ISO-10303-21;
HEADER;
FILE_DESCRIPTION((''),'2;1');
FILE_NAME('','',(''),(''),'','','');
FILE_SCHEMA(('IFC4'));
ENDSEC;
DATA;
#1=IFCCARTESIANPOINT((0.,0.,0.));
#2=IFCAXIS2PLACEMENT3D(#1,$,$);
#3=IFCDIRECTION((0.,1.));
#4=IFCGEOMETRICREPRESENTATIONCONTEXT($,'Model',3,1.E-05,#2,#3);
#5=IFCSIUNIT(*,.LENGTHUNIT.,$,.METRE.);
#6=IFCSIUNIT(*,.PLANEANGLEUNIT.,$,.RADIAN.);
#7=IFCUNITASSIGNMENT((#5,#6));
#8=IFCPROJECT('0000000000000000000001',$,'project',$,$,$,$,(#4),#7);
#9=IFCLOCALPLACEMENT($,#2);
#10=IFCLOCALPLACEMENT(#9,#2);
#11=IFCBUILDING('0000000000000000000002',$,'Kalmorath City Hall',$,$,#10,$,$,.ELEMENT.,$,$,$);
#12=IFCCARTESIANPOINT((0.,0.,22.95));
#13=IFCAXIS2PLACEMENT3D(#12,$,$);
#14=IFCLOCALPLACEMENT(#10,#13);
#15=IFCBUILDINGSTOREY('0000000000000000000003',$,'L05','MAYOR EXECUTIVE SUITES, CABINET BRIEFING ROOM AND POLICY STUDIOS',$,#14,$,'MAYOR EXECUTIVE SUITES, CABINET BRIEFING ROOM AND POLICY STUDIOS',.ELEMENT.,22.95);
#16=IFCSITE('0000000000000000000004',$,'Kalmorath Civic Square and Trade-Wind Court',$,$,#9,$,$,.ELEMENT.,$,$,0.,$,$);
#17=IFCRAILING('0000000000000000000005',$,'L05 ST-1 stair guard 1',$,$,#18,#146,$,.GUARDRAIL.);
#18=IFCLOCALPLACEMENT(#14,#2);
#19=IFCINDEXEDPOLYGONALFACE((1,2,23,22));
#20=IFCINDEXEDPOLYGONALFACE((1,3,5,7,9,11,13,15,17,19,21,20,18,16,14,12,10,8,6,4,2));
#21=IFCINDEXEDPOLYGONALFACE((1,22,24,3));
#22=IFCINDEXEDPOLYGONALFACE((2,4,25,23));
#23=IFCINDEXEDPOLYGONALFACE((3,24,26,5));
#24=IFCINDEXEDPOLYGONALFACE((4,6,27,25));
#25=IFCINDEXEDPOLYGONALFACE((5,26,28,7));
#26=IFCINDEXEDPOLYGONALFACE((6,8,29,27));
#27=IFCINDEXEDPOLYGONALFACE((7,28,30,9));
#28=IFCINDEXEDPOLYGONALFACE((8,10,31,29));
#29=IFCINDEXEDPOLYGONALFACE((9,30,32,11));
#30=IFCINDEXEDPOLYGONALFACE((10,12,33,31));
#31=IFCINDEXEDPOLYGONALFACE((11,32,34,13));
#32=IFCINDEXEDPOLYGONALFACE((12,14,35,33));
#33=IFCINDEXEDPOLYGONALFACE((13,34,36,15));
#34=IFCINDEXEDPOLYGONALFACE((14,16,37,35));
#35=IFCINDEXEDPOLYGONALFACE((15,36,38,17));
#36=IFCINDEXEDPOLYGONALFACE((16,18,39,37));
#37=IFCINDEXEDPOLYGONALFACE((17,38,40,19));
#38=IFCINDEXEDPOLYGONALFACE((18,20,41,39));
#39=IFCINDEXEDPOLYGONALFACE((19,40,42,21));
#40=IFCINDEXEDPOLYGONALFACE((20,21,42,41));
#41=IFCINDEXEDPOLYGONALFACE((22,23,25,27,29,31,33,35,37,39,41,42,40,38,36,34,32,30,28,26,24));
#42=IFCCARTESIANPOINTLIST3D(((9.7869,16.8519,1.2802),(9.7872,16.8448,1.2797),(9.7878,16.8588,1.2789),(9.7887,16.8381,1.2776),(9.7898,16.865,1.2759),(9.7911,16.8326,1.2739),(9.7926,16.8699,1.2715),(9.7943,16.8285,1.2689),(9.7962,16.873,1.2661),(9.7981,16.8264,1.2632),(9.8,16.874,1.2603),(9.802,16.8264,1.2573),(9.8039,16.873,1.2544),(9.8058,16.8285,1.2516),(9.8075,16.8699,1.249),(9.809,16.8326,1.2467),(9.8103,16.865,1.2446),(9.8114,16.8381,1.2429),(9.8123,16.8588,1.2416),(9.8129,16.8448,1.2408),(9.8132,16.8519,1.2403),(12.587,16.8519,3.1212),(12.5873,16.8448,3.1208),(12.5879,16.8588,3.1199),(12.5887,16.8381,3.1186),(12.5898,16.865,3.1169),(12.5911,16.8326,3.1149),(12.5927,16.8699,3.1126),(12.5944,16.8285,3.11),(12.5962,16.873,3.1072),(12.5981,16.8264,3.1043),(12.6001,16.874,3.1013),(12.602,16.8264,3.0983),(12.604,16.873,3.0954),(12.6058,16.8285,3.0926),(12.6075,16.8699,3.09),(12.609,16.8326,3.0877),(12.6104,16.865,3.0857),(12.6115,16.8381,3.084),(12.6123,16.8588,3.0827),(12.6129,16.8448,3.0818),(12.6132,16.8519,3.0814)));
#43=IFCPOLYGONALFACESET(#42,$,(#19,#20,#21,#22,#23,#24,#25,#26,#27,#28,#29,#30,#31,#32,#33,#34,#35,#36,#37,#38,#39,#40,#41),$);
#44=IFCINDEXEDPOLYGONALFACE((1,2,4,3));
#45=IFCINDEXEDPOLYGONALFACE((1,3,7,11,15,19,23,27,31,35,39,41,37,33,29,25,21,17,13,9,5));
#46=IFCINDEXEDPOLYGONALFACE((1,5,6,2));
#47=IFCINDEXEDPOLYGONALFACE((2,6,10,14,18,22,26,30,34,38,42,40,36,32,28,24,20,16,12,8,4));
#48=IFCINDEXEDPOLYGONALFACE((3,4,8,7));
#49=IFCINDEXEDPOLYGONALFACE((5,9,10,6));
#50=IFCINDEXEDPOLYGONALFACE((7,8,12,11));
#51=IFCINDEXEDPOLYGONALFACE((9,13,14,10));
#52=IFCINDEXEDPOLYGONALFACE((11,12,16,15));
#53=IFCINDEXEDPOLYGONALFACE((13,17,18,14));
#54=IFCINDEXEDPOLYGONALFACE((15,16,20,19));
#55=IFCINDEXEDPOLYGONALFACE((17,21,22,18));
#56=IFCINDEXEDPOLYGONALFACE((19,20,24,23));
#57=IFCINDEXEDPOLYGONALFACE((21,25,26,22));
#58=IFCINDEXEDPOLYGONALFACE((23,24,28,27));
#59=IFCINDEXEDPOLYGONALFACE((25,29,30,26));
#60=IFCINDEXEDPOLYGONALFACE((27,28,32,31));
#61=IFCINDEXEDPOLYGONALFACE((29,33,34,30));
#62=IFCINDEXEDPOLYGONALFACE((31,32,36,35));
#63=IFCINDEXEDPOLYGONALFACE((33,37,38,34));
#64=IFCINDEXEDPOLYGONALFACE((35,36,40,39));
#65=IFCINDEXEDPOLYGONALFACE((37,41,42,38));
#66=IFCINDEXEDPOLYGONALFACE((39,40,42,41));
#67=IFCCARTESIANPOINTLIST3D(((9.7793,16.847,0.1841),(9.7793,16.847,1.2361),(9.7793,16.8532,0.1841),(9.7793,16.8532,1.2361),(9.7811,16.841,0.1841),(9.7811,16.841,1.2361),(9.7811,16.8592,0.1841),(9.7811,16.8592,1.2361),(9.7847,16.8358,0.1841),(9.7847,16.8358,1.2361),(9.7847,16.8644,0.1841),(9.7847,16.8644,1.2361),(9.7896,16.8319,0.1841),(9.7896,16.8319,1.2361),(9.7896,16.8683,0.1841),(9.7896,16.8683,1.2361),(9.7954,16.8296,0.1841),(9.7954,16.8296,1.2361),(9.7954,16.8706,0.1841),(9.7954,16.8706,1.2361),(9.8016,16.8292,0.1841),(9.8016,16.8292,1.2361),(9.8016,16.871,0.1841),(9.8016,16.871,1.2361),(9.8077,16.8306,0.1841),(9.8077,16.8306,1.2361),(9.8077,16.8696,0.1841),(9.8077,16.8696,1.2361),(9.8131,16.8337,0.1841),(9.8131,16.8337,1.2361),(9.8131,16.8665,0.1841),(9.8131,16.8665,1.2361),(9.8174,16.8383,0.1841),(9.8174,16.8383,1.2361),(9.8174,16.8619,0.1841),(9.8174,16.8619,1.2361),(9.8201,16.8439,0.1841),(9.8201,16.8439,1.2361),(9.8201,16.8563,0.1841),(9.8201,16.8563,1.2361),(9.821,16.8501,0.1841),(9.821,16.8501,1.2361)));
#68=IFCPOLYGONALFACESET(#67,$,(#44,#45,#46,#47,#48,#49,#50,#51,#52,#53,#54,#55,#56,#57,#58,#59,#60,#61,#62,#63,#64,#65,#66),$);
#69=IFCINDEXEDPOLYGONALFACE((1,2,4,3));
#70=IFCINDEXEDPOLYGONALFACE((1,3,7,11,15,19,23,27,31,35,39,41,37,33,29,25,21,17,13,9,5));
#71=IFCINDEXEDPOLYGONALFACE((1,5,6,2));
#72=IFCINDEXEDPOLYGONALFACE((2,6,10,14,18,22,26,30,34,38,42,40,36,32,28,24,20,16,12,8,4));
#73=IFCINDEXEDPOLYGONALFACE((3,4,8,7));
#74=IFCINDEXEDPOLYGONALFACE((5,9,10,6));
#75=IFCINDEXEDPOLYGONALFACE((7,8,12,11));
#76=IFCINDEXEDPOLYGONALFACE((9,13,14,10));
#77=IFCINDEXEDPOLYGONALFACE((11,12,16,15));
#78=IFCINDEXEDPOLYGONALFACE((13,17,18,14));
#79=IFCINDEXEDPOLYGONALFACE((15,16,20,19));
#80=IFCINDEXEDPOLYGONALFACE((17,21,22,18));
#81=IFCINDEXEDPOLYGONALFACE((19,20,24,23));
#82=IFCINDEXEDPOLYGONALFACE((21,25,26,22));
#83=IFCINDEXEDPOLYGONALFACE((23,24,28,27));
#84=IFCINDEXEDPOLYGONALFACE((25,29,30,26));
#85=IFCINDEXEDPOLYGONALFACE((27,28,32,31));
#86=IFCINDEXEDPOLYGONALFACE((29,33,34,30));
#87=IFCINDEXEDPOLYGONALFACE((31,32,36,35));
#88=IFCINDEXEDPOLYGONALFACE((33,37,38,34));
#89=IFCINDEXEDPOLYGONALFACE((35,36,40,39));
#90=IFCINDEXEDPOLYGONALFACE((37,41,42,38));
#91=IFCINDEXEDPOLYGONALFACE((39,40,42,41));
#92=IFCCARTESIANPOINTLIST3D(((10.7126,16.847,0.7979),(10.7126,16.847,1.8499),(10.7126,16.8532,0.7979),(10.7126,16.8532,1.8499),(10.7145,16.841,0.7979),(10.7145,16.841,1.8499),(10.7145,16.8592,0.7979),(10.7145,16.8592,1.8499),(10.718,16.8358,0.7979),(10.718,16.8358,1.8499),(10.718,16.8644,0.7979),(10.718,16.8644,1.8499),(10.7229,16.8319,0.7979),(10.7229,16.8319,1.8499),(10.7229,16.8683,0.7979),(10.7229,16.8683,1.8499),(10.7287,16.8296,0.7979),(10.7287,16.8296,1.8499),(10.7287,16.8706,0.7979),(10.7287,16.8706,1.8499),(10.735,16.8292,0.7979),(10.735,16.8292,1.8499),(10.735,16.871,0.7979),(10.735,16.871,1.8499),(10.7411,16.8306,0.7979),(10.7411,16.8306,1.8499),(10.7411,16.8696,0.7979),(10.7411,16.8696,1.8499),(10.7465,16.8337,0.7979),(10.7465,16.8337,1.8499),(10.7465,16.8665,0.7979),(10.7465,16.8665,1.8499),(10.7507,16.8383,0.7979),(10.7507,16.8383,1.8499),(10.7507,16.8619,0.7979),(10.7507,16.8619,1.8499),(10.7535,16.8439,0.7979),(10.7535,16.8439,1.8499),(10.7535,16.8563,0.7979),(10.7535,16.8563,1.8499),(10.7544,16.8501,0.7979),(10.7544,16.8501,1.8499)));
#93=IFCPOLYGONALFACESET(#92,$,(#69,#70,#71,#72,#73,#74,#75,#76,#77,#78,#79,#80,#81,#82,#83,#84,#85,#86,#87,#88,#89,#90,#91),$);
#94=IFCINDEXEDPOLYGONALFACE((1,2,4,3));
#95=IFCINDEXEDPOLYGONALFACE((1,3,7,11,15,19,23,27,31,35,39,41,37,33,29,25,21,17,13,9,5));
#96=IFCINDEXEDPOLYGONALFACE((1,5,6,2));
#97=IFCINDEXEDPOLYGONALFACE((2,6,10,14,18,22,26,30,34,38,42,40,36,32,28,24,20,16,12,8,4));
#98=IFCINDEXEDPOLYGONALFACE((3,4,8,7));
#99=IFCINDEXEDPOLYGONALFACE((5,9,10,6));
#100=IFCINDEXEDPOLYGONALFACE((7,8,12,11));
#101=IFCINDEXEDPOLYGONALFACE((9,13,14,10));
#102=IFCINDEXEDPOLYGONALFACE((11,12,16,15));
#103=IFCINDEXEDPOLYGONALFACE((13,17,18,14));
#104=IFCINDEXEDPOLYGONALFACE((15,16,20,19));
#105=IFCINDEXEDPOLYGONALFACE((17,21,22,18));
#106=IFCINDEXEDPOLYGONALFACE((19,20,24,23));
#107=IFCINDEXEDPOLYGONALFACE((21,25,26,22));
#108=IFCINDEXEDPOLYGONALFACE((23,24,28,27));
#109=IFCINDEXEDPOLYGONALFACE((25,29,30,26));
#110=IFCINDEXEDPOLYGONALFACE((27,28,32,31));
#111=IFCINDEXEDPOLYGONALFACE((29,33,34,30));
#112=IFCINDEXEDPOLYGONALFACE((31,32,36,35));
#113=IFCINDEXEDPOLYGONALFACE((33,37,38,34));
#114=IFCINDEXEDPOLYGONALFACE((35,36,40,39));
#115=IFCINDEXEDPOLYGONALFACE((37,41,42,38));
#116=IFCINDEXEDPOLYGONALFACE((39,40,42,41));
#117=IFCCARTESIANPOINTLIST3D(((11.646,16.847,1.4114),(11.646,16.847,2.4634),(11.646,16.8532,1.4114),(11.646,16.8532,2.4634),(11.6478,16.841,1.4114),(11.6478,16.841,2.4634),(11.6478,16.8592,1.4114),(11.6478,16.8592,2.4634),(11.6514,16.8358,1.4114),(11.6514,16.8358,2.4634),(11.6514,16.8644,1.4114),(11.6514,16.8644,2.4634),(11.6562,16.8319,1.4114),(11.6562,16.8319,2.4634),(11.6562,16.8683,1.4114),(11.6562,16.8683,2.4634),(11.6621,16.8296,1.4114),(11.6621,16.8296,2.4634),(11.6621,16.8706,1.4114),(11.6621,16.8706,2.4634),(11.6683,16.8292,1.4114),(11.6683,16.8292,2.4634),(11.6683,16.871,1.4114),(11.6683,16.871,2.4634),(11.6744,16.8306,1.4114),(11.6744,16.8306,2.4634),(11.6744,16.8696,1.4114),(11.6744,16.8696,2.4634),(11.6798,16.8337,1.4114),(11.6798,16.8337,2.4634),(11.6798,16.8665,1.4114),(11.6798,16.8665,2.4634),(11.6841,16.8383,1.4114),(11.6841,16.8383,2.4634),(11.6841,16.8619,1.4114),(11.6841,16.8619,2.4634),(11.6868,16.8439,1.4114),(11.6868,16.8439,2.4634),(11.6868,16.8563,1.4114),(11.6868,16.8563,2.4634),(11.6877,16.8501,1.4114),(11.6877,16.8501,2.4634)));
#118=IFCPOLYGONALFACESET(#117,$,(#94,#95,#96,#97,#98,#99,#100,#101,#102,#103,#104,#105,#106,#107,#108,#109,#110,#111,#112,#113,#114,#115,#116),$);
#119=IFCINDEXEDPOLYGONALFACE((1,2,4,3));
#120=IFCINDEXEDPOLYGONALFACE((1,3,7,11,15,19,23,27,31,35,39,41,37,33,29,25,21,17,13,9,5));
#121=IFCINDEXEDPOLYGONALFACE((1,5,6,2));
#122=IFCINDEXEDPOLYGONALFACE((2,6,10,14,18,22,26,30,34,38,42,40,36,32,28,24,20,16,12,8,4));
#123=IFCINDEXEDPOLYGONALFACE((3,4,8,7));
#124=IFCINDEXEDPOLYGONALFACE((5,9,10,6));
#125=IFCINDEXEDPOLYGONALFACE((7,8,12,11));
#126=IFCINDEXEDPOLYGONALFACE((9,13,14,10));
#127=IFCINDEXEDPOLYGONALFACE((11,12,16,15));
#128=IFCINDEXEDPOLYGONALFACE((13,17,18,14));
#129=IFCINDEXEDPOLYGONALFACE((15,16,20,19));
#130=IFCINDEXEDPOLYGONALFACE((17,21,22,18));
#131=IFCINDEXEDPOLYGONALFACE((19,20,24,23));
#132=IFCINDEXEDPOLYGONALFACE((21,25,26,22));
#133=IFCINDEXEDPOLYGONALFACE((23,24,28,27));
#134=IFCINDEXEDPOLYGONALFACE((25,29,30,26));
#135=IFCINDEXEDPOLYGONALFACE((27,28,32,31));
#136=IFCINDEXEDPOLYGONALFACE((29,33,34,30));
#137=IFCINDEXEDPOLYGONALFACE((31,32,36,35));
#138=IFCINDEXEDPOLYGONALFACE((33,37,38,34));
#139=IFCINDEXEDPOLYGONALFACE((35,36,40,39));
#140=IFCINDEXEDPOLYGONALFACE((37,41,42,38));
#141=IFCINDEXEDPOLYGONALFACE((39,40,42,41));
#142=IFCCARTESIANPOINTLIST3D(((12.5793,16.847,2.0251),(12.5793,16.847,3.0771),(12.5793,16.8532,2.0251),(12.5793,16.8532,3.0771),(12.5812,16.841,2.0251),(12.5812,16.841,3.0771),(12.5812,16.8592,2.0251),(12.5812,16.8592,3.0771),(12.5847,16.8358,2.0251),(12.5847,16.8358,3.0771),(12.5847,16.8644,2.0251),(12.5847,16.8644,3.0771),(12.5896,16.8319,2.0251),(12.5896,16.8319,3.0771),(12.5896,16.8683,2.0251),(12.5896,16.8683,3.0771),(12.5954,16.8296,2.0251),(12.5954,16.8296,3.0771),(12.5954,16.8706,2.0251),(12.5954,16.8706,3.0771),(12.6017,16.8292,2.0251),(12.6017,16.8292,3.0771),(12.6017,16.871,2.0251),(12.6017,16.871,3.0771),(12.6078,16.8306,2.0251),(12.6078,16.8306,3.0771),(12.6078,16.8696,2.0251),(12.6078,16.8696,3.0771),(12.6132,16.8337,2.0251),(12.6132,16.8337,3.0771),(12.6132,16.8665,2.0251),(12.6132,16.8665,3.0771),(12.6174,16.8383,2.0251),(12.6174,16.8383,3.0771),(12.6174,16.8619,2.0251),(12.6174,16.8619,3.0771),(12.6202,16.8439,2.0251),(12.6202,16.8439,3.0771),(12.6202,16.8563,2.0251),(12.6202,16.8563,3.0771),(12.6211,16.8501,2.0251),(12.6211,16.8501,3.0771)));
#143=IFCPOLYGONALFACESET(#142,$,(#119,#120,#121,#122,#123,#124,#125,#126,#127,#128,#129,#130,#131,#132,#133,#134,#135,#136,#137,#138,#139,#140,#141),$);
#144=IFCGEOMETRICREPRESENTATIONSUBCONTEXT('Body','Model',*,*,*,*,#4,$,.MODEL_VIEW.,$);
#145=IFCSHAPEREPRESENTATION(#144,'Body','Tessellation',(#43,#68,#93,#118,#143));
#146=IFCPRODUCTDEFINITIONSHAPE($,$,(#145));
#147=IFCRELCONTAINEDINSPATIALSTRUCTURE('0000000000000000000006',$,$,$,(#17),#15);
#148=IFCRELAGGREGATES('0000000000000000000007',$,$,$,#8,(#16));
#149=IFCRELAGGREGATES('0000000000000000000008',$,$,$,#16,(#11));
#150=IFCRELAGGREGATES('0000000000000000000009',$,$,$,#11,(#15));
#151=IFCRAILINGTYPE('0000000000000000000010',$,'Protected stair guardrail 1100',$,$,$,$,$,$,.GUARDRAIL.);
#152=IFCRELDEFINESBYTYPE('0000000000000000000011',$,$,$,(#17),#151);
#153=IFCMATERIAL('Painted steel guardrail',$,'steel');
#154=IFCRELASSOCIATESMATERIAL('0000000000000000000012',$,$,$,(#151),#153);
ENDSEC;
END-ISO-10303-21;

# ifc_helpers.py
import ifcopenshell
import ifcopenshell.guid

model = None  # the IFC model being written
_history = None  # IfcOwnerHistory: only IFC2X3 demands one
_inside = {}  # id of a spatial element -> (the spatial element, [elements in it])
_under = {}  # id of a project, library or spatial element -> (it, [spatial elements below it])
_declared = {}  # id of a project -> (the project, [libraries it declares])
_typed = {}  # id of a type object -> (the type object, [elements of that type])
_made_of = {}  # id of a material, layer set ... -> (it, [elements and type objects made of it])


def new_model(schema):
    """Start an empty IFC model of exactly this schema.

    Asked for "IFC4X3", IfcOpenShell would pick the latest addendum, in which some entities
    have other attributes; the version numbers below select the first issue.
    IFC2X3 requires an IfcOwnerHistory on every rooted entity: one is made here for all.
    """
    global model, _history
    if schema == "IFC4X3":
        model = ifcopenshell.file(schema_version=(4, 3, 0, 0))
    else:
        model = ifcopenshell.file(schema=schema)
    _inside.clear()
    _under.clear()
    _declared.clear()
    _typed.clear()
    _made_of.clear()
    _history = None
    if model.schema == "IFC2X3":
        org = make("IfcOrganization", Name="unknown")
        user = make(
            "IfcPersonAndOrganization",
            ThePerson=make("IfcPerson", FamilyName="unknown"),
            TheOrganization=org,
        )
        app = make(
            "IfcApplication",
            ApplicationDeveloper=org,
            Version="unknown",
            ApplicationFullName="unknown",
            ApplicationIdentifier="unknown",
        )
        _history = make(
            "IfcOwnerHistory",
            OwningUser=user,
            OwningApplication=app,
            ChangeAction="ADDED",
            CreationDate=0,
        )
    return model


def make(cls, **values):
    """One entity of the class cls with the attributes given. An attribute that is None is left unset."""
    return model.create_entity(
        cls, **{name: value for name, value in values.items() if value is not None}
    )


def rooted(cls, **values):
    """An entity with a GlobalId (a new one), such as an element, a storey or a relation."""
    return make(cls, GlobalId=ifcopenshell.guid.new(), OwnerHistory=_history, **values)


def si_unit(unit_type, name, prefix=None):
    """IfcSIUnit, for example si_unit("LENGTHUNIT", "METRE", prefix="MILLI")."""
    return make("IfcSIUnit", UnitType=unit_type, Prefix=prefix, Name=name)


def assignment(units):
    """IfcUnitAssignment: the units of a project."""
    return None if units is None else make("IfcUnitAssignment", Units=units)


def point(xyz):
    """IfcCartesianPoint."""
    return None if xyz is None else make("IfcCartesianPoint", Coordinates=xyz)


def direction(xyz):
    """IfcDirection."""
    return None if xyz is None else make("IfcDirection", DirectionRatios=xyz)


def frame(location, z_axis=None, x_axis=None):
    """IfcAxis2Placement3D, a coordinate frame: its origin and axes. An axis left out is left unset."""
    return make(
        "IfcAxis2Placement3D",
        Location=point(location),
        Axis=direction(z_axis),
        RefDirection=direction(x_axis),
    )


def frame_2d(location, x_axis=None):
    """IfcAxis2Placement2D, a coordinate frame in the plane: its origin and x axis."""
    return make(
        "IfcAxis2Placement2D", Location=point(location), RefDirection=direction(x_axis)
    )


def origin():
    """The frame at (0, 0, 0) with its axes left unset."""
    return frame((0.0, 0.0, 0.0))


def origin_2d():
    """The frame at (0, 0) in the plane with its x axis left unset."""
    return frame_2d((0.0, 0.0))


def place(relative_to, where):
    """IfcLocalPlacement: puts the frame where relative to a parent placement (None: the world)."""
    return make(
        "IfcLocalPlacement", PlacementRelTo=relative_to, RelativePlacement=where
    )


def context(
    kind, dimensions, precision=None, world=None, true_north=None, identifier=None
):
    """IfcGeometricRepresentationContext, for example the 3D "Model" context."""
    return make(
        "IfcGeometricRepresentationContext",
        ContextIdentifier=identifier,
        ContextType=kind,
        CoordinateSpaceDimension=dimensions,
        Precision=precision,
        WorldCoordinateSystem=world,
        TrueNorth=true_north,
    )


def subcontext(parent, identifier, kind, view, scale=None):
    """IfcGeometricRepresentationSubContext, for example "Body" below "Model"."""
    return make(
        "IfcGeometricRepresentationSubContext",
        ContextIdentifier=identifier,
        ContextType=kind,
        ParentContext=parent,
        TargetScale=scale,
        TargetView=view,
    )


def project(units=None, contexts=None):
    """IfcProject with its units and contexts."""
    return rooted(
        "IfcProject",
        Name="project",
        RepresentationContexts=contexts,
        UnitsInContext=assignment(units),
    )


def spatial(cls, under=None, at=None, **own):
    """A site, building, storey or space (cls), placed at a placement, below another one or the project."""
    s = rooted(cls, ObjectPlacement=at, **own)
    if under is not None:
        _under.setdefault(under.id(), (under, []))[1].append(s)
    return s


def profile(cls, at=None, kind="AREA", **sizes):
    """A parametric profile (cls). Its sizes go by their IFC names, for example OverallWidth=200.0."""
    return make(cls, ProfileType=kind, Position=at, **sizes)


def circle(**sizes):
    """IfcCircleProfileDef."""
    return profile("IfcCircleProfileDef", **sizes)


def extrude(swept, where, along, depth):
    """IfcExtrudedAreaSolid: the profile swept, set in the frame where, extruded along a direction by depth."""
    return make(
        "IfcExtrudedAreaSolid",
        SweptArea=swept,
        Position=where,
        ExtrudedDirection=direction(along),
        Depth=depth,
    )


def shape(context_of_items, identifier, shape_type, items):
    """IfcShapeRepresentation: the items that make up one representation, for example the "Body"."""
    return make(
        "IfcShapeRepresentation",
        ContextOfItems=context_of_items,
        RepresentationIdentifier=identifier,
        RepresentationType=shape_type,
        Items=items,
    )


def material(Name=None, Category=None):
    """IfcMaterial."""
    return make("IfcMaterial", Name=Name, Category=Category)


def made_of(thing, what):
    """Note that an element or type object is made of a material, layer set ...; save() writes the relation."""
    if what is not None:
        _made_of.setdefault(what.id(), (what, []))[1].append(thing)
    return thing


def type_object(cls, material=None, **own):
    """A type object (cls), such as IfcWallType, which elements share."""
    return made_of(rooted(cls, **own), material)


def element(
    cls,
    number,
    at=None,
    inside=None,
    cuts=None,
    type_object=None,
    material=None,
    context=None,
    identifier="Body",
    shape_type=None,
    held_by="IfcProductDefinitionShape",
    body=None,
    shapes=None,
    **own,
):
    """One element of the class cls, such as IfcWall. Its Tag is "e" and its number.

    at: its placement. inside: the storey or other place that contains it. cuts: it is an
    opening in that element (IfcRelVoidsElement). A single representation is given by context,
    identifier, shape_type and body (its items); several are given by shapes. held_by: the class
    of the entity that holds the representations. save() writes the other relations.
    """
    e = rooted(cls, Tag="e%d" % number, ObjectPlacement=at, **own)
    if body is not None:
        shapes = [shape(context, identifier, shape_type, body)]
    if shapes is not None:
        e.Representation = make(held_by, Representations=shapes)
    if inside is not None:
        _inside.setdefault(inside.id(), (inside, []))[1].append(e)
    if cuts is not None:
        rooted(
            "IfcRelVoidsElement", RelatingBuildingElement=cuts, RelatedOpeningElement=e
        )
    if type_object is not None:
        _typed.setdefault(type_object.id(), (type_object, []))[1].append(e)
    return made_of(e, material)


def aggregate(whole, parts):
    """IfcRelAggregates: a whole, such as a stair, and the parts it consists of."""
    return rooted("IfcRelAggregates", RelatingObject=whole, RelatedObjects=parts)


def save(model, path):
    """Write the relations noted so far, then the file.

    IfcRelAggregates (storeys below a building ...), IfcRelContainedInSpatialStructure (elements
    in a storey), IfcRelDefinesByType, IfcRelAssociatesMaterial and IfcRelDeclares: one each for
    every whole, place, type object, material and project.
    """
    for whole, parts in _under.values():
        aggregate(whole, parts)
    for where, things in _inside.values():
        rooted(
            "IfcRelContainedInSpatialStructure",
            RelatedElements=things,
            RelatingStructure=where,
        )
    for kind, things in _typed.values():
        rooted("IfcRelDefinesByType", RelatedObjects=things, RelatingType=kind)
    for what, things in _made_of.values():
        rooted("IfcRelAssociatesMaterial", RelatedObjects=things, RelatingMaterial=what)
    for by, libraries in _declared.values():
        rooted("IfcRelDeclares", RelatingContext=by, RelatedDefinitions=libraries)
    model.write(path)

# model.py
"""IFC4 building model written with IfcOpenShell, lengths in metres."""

from ifc_helpers import new_model, si_unit, direction, frame, origin, origin_2d, place, context, subcontext, project, spatial, circle, extrude, material, type_object, element, save


model = new_model("IFC4")

# Units and contexts
model_context = context("Model", 3, precision=1e-05, world=origin(), true_north=direction((0.0, 1.0)))
body_context = subcontext(model_context, "Body", "Model", "MODEL_VIEW")
ifc_project = project(units=[si_unit("LENGTHUNIT", "METRE"), si_unit("PLANEANGLEUNIT", "RADIAN")], contexts=[model_context])

# Site, building, storey
site_placement = place(None, origin())
site = spatial("IfcSite", under=ifc_project, at=site_placement, Name="Kalmorath Civic Square and Trade-Wind Court", CompositionType="ELEMENT", RefElevation=0.0)
building_placement = place(site_placement, origin())
building = spatial("IfcBuilding", under=site, at=building_placement, Name="Kalmorath City Hall", CompositionType="ELEMENT")
storey_placement = place(building_placement, frame((0.0, 0.0, 22.95)))
storey = spatial("IfcBuildingStorey", under=building, at=storey_placement, Name="L05", Description="MAYOR EXECUTIVE SUITES, CABINET BRIEFING ROOM AND POLICY STUDIOS", LongName="MAYOR EXECUTIVE SUITES, CABINET BRIEFING ROOM AND POLICY STUDIOS", CompositionType="ELEMENT", Elevation=22.95)

# Railing
ifc_material_1 = material(Name="Painted steel guardrail", Category="steel")
railing_type_1 = type_object("IfcRailingType", Name="Protected stair guardrail 1100", PredefinedType="GUARDRAIL", material=ifc_material_1)
railing_1_placement = place(storey_placement, frame((9.8, 16.8501, 0.1841)))
element("IfcRailing", 1, at=railing_1_placement, inside=storey, type_object=railing_type_1, Name="L05 ST-1 stair guard 1", PredefinedType="GUARDRAIL", context=body_context, shape_type="SweptSolid", body=[
    extrude(circle(Radius=0.0239, at=origin_2d()), frame((0.0, 0.0, 1.0762), z_axis=(0.835564, 0.0, 0.549393), x_axis=(0.0, 1.0, 0.0)), (0.0, 0.0, 1.0), 3.3511),
    extrude(circle(Radius=0.021, at=origin_2d()), origin(), (0.0, 0.0, 1.0), 1.052),
    extrude(circle(Radius=0.021, at=origin_2d()), frame((0.9333, 0.0, 0.6138)), (0.0, 0.0, 1.0), 1.052),
    extrude(circle(Radius=0.021, at=origin_2d()), frame((1.8667, 0.0, 1.2273)), (0.0, 0.0, 1.0), 1.052),
    extrude(circle(Radius=0.021, at=origin_2d()), frame((2.8, 0.0, 1.8411)), (0.0, 0.0, 1.0), 1.052),
])

save(model, "model.ifc")
